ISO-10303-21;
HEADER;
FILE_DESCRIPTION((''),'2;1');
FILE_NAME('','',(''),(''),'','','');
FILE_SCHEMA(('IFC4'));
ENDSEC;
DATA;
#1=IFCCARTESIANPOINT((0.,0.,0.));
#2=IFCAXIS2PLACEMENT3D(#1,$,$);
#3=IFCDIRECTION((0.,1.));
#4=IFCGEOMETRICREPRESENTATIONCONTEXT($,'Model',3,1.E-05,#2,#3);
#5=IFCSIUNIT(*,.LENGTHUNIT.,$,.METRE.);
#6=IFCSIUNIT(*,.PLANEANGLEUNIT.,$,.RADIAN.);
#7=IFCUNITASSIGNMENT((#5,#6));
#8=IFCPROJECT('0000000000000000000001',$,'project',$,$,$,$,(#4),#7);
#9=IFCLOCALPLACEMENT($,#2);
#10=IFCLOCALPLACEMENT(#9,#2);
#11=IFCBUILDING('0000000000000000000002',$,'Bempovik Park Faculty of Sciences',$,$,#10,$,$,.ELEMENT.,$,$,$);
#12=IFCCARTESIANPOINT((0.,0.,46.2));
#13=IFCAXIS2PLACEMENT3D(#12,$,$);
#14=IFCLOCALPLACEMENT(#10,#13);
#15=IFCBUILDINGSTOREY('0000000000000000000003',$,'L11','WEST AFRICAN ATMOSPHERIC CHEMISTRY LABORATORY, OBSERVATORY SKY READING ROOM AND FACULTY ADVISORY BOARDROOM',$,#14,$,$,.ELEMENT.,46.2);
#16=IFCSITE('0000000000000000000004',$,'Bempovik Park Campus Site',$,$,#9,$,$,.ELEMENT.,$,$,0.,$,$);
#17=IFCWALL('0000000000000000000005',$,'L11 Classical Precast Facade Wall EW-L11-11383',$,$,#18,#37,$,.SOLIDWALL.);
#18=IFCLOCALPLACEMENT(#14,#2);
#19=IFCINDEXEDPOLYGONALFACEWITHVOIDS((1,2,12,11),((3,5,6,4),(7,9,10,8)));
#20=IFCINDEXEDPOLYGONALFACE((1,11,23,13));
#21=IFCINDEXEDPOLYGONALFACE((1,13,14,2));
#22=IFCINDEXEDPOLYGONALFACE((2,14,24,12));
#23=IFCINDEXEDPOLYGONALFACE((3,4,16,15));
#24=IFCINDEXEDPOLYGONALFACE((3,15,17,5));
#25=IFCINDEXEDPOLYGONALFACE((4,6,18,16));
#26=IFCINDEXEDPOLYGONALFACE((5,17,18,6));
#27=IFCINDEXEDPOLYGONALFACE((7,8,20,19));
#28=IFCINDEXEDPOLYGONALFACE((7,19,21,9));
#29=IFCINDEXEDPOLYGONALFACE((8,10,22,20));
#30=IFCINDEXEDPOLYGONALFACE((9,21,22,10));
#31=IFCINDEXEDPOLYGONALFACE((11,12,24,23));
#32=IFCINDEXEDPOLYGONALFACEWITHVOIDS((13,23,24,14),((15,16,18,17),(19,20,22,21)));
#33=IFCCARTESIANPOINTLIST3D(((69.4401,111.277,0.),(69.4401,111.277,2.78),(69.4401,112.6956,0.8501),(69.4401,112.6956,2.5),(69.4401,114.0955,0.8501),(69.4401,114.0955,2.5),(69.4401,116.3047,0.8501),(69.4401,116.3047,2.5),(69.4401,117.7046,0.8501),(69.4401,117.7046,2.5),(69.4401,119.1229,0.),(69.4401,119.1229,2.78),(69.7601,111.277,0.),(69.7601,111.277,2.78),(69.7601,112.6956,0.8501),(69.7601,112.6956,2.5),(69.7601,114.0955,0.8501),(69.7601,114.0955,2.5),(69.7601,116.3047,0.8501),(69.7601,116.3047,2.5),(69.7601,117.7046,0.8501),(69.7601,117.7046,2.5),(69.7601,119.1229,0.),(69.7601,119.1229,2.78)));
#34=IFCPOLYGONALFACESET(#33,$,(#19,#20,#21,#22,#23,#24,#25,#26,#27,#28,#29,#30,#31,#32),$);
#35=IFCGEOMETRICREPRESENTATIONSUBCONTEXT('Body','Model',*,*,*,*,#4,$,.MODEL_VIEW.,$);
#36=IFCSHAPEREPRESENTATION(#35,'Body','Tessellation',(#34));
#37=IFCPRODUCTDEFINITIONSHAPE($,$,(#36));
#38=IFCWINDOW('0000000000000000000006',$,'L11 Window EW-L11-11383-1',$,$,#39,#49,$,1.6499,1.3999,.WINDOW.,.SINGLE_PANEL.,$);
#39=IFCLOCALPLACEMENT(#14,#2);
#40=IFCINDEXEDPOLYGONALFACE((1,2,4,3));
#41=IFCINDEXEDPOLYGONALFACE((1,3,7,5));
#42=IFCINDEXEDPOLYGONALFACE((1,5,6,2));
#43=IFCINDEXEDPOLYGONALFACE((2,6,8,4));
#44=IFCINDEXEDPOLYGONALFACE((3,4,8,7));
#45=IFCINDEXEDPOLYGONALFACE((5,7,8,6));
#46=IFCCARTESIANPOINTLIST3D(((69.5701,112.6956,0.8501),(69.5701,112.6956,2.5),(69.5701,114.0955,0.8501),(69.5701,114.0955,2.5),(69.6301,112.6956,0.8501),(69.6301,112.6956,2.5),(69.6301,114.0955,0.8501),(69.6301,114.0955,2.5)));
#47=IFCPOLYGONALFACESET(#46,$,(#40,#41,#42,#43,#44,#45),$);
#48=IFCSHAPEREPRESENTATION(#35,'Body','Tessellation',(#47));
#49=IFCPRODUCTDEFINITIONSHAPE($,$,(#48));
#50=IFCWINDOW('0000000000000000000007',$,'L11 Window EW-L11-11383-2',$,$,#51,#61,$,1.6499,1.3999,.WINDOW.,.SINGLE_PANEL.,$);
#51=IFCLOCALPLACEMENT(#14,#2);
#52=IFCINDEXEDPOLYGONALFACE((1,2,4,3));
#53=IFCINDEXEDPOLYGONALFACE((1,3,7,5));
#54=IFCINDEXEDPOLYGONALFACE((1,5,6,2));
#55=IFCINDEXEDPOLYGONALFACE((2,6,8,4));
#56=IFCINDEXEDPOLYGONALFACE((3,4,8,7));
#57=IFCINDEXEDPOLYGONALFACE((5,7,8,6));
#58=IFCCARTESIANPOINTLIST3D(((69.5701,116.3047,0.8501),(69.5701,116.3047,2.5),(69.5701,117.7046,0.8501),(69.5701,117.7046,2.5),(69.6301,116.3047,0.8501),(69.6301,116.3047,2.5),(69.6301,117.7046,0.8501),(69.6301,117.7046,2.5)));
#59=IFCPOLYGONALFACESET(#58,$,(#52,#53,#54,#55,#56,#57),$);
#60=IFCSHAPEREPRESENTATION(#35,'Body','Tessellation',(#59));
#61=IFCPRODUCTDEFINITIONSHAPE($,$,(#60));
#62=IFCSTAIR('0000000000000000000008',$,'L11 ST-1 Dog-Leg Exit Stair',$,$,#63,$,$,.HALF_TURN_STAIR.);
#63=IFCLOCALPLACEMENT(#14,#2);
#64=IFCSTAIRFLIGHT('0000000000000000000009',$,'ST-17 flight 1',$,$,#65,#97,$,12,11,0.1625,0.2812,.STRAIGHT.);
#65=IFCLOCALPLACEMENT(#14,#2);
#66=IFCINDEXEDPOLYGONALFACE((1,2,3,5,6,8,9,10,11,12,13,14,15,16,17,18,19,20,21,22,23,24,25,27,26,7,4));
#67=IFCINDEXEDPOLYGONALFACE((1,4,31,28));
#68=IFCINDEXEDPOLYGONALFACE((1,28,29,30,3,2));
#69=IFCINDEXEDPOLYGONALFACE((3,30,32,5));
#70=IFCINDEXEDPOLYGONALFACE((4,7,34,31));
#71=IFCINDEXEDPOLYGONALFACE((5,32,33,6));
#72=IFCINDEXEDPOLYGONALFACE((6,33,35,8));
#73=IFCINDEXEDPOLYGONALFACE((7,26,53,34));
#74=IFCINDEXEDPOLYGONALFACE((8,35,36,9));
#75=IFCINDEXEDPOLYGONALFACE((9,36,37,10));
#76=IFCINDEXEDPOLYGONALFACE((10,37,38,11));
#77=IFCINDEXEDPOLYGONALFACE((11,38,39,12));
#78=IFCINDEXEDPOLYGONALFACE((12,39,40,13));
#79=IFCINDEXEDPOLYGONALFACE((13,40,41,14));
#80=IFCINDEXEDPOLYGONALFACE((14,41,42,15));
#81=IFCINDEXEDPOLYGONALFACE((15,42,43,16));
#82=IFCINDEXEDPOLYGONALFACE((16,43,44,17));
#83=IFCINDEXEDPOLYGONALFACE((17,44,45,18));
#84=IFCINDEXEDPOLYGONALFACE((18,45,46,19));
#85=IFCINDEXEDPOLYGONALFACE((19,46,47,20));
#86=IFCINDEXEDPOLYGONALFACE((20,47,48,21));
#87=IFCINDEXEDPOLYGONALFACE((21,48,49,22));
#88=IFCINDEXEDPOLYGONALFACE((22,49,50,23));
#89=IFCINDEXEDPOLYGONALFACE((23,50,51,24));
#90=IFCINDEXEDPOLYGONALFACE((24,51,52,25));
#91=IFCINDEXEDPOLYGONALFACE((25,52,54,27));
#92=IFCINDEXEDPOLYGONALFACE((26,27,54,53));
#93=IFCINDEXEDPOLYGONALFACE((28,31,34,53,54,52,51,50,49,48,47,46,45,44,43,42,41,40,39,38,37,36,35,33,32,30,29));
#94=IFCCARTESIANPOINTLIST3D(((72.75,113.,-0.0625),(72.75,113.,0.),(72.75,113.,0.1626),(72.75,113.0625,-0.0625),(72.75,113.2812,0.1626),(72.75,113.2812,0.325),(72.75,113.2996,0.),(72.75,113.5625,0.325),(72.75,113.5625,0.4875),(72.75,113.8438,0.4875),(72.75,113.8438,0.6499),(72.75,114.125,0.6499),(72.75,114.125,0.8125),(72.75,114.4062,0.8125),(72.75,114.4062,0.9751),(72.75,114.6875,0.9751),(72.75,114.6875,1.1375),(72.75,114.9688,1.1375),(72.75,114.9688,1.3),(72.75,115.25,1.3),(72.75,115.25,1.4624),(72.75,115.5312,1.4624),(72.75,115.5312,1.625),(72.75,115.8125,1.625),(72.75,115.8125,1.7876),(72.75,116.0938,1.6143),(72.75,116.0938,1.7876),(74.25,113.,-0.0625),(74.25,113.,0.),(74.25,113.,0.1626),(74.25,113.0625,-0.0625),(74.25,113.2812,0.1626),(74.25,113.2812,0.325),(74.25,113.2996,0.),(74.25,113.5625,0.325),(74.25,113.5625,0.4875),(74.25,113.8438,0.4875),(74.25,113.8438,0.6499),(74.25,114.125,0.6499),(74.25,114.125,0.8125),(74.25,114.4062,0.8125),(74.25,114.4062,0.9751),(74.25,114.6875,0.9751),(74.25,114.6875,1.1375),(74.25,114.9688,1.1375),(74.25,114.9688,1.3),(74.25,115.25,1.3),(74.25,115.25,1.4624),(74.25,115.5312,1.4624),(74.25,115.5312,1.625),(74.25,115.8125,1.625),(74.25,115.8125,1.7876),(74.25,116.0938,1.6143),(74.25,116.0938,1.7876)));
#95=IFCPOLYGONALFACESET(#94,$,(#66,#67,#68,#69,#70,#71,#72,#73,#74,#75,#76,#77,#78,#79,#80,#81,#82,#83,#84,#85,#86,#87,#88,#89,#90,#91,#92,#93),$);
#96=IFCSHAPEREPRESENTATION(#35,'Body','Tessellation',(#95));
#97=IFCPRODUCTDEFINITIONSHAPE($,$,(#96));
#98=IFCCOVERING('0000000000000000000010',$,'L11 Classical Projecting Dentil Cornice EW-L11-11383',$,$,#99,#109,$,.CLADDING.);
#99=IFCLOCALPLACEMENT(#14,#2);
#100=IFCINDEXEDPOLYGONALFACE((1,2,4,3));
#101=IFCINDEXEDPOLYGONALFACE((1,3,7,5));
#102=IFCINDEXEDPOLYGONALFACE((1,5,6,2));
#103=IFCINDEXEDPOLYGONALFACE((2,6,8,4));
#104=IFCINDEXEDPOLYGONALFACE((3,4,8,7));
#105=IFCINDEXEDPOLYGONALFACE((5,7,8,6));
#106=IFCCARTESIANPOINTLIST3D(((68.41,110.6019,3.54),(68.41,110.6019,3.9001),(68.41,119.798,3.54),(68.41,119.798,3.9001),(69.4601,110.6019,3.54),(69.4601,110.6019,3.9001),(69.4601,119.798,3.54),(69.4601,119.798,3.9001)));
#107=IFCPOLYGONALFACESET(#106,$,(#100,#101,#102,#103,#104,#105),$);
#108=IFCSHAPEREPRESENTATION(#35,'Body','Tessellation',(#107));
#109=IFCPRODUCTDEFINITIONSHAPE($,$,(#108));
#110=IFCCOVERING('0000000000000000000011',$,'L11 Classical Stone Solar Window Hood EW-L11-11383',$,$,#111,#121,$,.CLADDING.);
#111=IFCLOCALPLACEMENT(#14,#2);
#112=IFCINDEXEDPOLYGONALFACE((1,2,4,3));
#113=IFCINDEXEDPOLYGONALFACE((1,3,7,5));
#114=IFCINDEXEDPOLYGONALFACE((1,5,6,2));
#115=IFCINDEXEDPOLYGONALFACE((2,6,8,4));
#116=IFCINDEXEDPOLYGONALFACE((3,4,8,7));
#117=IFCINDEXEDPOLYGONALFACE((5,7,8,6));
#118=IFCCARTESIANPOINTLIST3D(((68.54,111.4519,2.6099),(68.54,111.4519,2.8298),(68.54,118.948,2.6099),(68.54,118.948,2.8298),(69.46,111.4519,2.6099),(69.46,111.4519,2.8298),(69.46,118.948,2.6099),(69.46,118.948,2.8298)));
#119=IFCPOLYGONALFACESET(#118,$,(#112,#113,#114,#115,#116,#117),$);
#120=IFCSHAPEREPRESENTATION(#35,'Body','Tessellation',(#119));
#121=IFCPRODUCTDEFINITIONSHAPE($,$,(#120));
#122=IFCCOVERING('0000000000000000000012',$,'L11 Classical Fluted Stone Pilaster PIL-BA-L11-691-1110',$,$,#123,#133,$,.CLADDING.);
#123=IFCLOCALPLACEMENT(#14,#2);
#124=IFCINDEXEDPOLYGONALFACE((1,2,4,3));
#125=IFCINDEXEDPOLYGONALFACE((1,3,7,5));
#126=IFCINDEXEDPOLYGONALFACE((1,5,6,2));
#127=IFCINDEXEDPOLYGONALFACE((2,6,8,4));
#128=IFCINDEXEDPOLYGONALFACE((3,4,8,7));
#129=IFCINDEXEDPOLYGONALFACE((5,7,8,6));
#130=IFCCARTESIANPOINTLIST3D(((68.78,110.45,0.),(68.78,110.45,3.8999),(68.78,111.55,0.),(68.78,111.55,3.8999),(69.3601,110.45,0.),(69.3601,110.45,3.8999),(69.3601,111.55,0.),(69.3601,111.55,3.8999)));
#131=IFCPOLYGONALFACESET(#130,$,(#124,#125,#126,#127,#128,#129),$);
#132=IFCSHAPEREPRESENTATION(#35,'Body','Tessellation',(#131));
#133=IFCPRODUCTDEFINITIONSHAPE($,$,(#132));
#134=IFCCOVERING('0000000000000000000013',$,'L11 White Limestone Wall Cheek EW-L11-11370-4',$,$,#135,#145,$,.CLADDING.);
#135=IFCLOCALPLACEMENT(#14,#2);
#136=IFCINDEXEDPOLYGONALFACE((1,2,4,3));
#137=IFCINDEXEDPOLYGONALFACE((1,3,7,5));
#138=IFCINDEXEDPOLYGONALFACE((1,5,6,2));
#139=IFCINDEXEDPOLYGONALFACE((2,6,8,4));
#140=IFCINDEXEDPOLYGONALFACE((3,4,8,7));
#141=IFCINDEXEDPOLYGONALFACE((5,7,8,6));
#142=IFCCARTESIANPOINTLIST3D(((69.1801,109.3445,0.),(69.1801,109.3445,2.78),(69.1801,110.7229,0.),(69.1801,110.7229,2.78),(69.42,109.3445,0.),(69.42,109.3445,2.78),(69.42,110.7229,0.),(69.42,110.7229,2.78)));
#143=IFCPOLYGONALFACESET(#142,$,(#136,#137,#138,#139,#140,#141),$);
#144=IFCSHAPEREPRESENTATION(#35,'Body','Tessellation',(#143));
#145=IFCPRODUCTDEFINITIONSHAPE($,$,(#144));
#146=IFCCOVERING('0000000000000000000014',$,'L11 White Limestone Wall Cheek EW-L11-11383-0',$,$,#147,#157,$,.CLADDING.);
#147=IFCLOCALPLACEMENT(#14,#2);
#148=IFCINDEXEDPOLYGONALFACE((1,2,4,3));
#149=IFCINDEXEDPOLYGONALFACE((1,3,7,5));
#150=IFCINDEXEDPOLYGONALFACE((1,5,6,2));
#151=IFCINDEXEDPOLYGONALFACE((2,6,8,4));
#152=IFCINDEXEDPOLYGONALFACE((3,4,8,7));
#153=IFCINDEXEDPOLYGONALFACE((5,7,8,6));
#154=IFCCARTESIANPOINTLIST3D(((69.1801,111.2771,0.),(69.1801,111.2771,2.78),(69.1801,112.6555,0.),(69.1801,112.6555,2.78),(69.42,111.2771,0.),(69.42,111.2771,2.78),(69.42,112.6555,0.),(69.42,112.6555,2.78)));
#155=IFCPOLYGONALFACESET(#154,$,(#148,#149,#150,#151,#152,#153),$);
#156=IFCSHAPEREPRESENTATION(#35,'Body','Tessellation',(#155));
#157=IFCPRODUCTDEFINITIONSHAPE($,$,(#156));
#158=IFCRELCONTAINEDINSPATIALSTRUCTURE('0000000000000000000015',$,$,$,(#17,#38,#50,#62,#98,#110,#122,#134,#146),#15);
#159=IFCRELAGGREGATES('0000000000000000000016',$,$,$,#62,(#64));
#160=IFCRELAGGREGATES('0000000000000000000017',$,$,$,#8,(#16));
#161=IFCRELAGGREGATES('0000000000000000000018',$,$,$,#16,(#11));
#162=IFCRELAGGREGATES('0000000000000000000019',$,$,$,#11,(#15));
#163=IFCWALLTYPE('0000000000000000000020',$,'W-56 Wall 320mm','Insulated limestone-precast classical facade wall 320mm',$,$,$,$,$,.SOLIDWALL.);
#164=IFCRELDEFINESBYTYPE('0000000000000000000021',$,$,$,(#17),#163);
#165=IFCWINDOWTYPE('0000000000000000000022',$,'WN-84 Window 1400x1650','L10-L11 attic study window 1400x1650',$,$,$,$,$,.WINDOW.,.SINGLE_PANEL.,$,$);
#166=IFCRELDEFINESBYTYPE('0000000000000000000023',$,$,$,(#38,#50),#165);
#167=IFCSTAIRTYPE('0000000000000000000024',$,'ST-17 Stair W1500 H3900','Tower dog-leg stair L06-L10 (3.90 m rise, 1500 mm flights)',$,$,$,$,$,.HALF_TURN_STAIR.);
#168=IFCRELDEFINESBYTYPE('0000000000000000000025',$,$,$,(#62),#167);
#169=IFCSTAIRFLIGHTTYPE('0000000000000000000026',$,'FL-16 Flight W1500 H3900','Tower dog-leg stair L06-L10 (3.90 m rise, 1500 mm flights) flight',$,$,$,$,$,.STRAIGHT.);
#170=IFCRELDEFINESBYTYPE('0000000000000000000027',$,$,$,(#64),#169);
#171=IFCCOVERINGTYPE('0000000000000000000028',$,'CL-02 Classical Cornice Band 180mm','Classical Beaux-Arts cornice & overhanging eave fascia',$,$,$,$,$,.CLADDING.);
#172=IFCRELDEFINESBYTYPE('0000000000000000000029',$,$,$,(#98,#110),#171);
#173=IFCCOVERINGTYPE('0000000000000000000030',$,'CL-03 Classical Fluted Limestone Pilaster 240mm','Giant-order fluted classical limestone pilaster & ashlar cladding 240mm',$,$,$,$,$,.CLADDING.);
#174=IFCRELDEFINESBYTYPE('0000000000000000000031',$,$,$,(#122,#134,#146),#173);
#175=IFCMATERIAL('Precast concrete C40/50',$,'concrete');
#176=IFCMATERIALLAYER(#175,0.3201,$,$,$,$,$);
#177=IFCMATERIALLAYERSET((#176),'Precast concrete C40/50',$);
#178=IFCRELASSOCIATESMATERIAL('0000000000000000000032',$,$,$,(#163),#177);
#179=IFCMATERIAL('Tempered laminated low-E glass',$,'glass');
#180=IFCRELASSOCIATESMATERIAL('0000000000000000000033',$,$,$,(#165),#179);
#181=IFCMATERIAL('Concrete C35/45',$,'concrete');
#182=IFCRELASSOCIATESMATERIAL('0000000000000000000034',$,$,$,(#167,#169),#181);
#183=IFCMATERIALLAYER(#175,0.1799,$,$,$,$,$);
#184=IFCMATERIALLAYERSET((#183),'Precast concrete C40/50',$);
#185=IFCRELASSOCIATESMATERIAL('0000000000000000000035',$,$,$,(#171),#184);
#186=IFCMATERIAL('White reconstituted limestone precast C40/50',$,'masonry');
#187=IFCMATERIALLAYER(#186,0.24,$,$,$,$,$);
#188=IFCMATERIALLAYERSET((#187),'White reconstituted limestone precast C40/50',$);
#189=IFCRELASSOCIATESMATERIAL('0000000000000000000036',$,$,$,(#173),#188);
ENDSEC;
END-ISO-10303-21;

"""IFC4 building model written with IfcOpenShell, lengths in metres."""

from ifc_helpers import new_model, si_unit, direction, frame, frame_2d, origin, origin_2d, place, context, subcontext, project, spatial, polyline, rectangle, outline, extrude, material, layer, layer_set, type_object, element, fill, aggregate, save


model = new_model("IFC4")

# Units and contexts
model_context = context("Model", 3, precision=1e-05, world=origin(), true_north=direction((0.0, 1.0)))
body_context = subcontext(model_context, "Body", "Model", "MODEL_VIEW")
ifc_project = project(units=[si_unit("LENGTHUNIT", "METRE"), si_unit("PLANEANGLEUNIT", "RADIAN")], contexts=[model_context])

# Site, building, storey
site_placement = place(None, origin())
site = spatial("IfcSite", under=ifc_project, at=site_placement, Name="Bempovik Park Campus Site", CompositionType="ELEMENT", RefElevation=0.0)
building_placement = place(site_placement, origin())
building = spatial("IfcBuilding", under=site, at=building_placement, Name="Bempovik Park Faculty of Sciences", CompositionType="ELEMENT")
storey_placement = place(building_placement, frame((0.0, 0.0, 46.2)))
storey = spatial("IfcBuildingStorey", under=building, at=storey_placement, Name="L11", Description="WEST AFRICAN ATMOSPHERIC CHEMISTRY LABORATORY, OBSERVATORY SKY READING ROOM AND FACULTY ADVISORY BOARDROOM", CompositionType="ELEMENT", Elevation=46.2)

# Shared definitions
ifc_material_1 = material(Name="Concrete C35/45", Category="concrete")

# Wall, openings, windows
ifc_material_2 = material(Name="Precast concrete C40/50", Category="concrete")
ifc_layer_1 = layer(ifc_material_2, 0.3201)
ifc_layer_set_1 = layer_set([ifc_layer_1], Name="Precast concrete C40/50")
wall_type_1 = type_object("IfcWallType", Name="W-56 Wall 320mm", Description="Insulated limestone-precast classical facade wall 320mm", PredefinedType="SOLIDWALL", material=ifc_layer_set_1)
wall_1_placement = place(storey_placement, frame((69.6001, 111.2771, 0.0), z_axis=(0.0, 0.0, 1.0), x_axis=(0.0, 1.0, 0.0)))
wall_1 = element("IfcWall", 1, at=wall_1_placement, inside=storey, type_object=wall_type_1, Name="L11 Classical Precast Facade Wall EW-L11-11383", PredefinedType="SOLIDWALL", context=body_context, shape_type="SweptSolid", body=[
    extrude(rectangle(XDim=7.8459, YDim=0.3201, at=frame_2d((3.9229, 0.0))), origin(), (0.0, 0.0, 1.0), 2.78),
])
opening_1_placement = place(wall_1_placement, frame((1.4185, 0.0, 0.8501)))
opening_1 = element("IfcOpeningElement", 2, at=opening_1_placement, cuts=wall_1, PredefinedType="OPENING", context=body_context, shape_type="SweptSolid", body=[
    extrude(rectangle(XDim=1.3999, YDim=1.6499, at=frame_2d((0.7, 0.825))), frame((0.0, 0.1699, 0.0), z_axis=(0.0, -1.0, 0.0), x_axis=(1.0, 0.0, 0.0)), (0.0, 0.0, 1.0), 0.3401),
])
opening_2_placement = place(wall_1_placement, frame((5.0276, 0.0, 0.8501)))
opening_2 = element("IfcOpeningElement", 3, at=opening_2_placement, cuts=wall_1, PredefinedType="OPENING", context=body_context, shape_type="SweptSolid", body=[
    extrude(rectangle(XDim=1.3999, YDim=1.6499, at=frame_2d((0.7, 0.825))), frame((0.0, 0.1699, 0.0), z_axis=(0.0, -1.0, 0.0), x_axis=(1.0, 0.0, 0.0)), (0.0, 0.0, 1.0), 0.3401),
])
ifc_material_3 = material(Name="Tempered laminated low-E glass", Category="glass")
window_type = type_object("IfcWindowType", Name="WN-84 Window 1400x1650", Description="L10-L11 attic study window 1400x1650", PartitioningType="SINGLE_PANEL", PredefinedType="WINDOW", material=ifc_material_3)
window_1_placement = place(opening_1_placement, origin())
window_1 = element("IfcWindow", 4, at=window_1_placement, inside=storey, type_object=window_type, Name="L11 Window EW-L11-11383-1", OverallHeight=1.6499, OverallWidth=1.3999, PartitioningType="SINGLE_PANEL", PredefinedType="WINDOW", context=body_context, shape_type="SweptSolid", body=[
    extrude(rectangle(XDim=1.3999, YDim=1.6499, at=frame_2d((0.7, 0.825))), frame((0.0, 0.03, 0.0), z_axis=(0.0, -1.0, 0.0), x_axis=(1.0, 0.0, 0.0)), (0.0, 0.0, 1.0), 0.0601),
])
fill(opening_1, window_1)
window_2_placement = place(opening_2_placement, origin())
window_2 = element("IfcWindow", 5, at=window_2_placement, inside=storey, type_object=window_type, Name="L11 Window EW-L11-11383-2", OverallHeight=1.6499, OverallWidth=1.3999, PartitioningType="SINGLE_PANEL", PredefinedType="WINDOW", context=body_context, shape_type="SweptSolid", body=[
    extrude(rectangle(XDim=1.3999, YDim=1.6499, at=frame_2d((0.7, 0.825))), frame((0.0, 0.03, 0.0), z_axis=(0.0, -1.0, 0.0), x_axis=(1.0, 0.0, 0.0)), (0.0, 0.0, 1.0), 0.0601),
])
fill(opening_2, window_2)

# Stair, stair flight
stair_type = type_object("IfcStairType", Name="ST-17 Stair W1500 H3900", Description="Tower dog-leg stair L06-L10 (3.90 m rise, 1500 mm flights)", PredefinedType="HALF_TURN_STAIR", material=ifc_material_1)
stair_placement = place(storey_placement, origin())
stair = element("IfcStair", 6, at=stair_placement, inside=storey, type_object=stair_type, Name="L11 ST-1 Dog-Leg Exit Stair", PredefinedType="HALF_TURN_STAIR")
stair_flight_type = type_object("IfcStairFlightType", Name="FL-16 Flight W1500 H3900", Description="Tower dog-leg stair L06-L10 (3.90 m rise, 1500 mm flights) flight", PredefinedType="STRAIGHT", material=ifc_material_1)
stair_flight_placement = place(storey_placement, frame((73.5, 113.0, 0.0), z_axis=(0.0, 0.0, 1.0), x_axis=(0.0, 1.0, 0.0)))
stair_flight = element("IfcStairFlight", 7, at=stair_flight_placement, type_object=stair_flight_type, Name="ST-17 flight 1", NumberOfRisers=12, NumberOfTreads=11, PredefinedType="STRAIGHT", RiserHeight=0.1625, TreadLength=0.2812, context=body_context, shape_type="SweptSolid", body=[
    extrude(outline(polyline([(0.0, 0.0), (0.0, 0.1626), (0.2812, 0.1626), (0.2812, 0.325), (0.5625, 0.325), (0.5625, 0.4875), (0.8438, 0.4875), (0.8438, 0.6499), (1.125, 0.6499), (1.125, 0.8125), (1.4062, 0.8125), (1.4062, 0.9751), (1.6875, 0.9751), (1.6875, 1.1375), (1.9688, 1.1375), (1.9688, 1.3), (2.25, 1.3), (2.25, 1.4624), (2.5312, 1.4624), (2.5312, 1.625), (2.8125, 1.625), (2.8125, 1.7876), (3.0938, 1.7876), (3.0938, 1.95), (3.0938, 1.6143), (0.2996, 0.0), (0.0625, -0.0625), (0.0, -0.0625), (0.0, 0.0)])), frame((0.0, 0.75, 0.0), z_axis=(0.0, -1.0, 0.0), x_axis=(1.0, 0.0, 0.0)), (0.0, 0.0, 1.0), 1.5),
])
aggregate(stair, [stair_flight])

# Coverings
ifc_layer_2 = layer(ifc_material_2, 0.1799)
ifc_layer_set_2 = layer_set([ifc_layer_2], Name="Precast concrete C40/50")
covering_type_1 = type_object("IfcCoveringType", Name="CL-02 Classical Cornice Band 180mm", Description="Classical Beaux-Arts cornice & overhanging eave fascia", PredefinedType="CLADDING", material=ifc_layer_set_2)
covering_1_placement = place(storey_placement, frame((68.9351, 115.2, 3.54), z_axis=(0.0, 0.0, 1.0), x_axis=(1.0, 0.0, 0.0)))
element("IfcCovering", 8, at=covering_1_placement, inside=storey, type_object=covering_type_1, Name="L11 Classical Projecting Dentil Cornice EW-L11-11383", PredefinedType="CLADDING", context=body_context, shape_type="SweptSolid", body=[
    extrude(rectangle(XDim=1.05, YDim=9.196, at=origin_2d()), origin(), (0.0, 0.0, 1.0), 0.3601),
])
covering_2_placement = place(storey_placement, frame((69.0, 115.2, 2.6099), z_axis=(0.0, 0.0, 1.0), x_axis=(1.0, 0.0, 0.0)))
element("IfcCovering", 9, at=covering_2_placement, inside=storey, type_object=covering_type_1, Name="L11 Classical Stone Solar Window Hood EW-L11-11383", PredefinedType="CLADDING", context=body_context, shape_type="SweptSolid", body=[
    extrude(rectangle(XDim=0.9199, YDim=7.4961, at=origin_2d()), origin(), (0.0, 0.0, 1.0), 0.22),
])
ifc_material_4 = material(Name="White reconstituted limestone precast C40/50", Category="masonry")
ifc_layer_3 = layer(ifc_material_4, 0.24)
ifc_layer_set_3 = layer_set([ifc_layer_3], Name="White reconstituted limestone precast C40/50")
covering_type_2 = type_object("IfcCoveringType", Name="CL-03 Classical Fluted Limestone Pilaster 240mm", Description="Giant-order fluted classical limestone pilaster & ashlar cladding 240mm", PredefinedType="CLADDING", material=ifc_layer_set_3)
covering_3_placement = place(storey_placement, frame((69.0701, 111.0, 0.0), z_axis=(0.0, 0.0, 1.0), x_axis=(1.0, 0.0, 0.0)))
element("IfcCovering", 10, at=covering_3_placement, inside=storey, type_object=covering_type_2, Name="L11 Classical Fluted Stone Pilaster PIL-BA-L11-691-1110", PredefinedType="CLADDING", context=body_context, shape_type="SweptSolid", body=[
    extrude(rectangle(XDim=0.5801, YDim=1.1001, at=origin_2d()), origin(), (0.0, 0.0, 1.0), 3.8999),
])
for number, where, z_axis, x_axis, name in (
    (11, (69.3, 110.0337, 0.0), (0.0, 0.0, 1.0), (1.0, 0.0, 0.0), "L11 White Limestone Wall Cheek EW-L11-11370-4"),
    (12, (69.3, 111.9663, 0.0), (0.0, 0.0, 1.0), (1.0, 0.0, 0.0), "L11 White Limestone Wall Cheek EW-L11-11383-0"),
):
    element("IfcCovering", number, at=place(storey_placement, frame(where, z_axis=z_axis, x_axis=x_axis)), inside=storey, type_object=covering_type_2, Name=name, PredefinedType="CLADDING", context=body_context, shape_type="SweptSolid", body=[
        extrude(rectangle(XDim=0.24, YDim=1.3784, at=origin_2d()), origin(), (0.0, 0.0, 1.0), 2.78),
    ])

save(model, "model.ifc")
